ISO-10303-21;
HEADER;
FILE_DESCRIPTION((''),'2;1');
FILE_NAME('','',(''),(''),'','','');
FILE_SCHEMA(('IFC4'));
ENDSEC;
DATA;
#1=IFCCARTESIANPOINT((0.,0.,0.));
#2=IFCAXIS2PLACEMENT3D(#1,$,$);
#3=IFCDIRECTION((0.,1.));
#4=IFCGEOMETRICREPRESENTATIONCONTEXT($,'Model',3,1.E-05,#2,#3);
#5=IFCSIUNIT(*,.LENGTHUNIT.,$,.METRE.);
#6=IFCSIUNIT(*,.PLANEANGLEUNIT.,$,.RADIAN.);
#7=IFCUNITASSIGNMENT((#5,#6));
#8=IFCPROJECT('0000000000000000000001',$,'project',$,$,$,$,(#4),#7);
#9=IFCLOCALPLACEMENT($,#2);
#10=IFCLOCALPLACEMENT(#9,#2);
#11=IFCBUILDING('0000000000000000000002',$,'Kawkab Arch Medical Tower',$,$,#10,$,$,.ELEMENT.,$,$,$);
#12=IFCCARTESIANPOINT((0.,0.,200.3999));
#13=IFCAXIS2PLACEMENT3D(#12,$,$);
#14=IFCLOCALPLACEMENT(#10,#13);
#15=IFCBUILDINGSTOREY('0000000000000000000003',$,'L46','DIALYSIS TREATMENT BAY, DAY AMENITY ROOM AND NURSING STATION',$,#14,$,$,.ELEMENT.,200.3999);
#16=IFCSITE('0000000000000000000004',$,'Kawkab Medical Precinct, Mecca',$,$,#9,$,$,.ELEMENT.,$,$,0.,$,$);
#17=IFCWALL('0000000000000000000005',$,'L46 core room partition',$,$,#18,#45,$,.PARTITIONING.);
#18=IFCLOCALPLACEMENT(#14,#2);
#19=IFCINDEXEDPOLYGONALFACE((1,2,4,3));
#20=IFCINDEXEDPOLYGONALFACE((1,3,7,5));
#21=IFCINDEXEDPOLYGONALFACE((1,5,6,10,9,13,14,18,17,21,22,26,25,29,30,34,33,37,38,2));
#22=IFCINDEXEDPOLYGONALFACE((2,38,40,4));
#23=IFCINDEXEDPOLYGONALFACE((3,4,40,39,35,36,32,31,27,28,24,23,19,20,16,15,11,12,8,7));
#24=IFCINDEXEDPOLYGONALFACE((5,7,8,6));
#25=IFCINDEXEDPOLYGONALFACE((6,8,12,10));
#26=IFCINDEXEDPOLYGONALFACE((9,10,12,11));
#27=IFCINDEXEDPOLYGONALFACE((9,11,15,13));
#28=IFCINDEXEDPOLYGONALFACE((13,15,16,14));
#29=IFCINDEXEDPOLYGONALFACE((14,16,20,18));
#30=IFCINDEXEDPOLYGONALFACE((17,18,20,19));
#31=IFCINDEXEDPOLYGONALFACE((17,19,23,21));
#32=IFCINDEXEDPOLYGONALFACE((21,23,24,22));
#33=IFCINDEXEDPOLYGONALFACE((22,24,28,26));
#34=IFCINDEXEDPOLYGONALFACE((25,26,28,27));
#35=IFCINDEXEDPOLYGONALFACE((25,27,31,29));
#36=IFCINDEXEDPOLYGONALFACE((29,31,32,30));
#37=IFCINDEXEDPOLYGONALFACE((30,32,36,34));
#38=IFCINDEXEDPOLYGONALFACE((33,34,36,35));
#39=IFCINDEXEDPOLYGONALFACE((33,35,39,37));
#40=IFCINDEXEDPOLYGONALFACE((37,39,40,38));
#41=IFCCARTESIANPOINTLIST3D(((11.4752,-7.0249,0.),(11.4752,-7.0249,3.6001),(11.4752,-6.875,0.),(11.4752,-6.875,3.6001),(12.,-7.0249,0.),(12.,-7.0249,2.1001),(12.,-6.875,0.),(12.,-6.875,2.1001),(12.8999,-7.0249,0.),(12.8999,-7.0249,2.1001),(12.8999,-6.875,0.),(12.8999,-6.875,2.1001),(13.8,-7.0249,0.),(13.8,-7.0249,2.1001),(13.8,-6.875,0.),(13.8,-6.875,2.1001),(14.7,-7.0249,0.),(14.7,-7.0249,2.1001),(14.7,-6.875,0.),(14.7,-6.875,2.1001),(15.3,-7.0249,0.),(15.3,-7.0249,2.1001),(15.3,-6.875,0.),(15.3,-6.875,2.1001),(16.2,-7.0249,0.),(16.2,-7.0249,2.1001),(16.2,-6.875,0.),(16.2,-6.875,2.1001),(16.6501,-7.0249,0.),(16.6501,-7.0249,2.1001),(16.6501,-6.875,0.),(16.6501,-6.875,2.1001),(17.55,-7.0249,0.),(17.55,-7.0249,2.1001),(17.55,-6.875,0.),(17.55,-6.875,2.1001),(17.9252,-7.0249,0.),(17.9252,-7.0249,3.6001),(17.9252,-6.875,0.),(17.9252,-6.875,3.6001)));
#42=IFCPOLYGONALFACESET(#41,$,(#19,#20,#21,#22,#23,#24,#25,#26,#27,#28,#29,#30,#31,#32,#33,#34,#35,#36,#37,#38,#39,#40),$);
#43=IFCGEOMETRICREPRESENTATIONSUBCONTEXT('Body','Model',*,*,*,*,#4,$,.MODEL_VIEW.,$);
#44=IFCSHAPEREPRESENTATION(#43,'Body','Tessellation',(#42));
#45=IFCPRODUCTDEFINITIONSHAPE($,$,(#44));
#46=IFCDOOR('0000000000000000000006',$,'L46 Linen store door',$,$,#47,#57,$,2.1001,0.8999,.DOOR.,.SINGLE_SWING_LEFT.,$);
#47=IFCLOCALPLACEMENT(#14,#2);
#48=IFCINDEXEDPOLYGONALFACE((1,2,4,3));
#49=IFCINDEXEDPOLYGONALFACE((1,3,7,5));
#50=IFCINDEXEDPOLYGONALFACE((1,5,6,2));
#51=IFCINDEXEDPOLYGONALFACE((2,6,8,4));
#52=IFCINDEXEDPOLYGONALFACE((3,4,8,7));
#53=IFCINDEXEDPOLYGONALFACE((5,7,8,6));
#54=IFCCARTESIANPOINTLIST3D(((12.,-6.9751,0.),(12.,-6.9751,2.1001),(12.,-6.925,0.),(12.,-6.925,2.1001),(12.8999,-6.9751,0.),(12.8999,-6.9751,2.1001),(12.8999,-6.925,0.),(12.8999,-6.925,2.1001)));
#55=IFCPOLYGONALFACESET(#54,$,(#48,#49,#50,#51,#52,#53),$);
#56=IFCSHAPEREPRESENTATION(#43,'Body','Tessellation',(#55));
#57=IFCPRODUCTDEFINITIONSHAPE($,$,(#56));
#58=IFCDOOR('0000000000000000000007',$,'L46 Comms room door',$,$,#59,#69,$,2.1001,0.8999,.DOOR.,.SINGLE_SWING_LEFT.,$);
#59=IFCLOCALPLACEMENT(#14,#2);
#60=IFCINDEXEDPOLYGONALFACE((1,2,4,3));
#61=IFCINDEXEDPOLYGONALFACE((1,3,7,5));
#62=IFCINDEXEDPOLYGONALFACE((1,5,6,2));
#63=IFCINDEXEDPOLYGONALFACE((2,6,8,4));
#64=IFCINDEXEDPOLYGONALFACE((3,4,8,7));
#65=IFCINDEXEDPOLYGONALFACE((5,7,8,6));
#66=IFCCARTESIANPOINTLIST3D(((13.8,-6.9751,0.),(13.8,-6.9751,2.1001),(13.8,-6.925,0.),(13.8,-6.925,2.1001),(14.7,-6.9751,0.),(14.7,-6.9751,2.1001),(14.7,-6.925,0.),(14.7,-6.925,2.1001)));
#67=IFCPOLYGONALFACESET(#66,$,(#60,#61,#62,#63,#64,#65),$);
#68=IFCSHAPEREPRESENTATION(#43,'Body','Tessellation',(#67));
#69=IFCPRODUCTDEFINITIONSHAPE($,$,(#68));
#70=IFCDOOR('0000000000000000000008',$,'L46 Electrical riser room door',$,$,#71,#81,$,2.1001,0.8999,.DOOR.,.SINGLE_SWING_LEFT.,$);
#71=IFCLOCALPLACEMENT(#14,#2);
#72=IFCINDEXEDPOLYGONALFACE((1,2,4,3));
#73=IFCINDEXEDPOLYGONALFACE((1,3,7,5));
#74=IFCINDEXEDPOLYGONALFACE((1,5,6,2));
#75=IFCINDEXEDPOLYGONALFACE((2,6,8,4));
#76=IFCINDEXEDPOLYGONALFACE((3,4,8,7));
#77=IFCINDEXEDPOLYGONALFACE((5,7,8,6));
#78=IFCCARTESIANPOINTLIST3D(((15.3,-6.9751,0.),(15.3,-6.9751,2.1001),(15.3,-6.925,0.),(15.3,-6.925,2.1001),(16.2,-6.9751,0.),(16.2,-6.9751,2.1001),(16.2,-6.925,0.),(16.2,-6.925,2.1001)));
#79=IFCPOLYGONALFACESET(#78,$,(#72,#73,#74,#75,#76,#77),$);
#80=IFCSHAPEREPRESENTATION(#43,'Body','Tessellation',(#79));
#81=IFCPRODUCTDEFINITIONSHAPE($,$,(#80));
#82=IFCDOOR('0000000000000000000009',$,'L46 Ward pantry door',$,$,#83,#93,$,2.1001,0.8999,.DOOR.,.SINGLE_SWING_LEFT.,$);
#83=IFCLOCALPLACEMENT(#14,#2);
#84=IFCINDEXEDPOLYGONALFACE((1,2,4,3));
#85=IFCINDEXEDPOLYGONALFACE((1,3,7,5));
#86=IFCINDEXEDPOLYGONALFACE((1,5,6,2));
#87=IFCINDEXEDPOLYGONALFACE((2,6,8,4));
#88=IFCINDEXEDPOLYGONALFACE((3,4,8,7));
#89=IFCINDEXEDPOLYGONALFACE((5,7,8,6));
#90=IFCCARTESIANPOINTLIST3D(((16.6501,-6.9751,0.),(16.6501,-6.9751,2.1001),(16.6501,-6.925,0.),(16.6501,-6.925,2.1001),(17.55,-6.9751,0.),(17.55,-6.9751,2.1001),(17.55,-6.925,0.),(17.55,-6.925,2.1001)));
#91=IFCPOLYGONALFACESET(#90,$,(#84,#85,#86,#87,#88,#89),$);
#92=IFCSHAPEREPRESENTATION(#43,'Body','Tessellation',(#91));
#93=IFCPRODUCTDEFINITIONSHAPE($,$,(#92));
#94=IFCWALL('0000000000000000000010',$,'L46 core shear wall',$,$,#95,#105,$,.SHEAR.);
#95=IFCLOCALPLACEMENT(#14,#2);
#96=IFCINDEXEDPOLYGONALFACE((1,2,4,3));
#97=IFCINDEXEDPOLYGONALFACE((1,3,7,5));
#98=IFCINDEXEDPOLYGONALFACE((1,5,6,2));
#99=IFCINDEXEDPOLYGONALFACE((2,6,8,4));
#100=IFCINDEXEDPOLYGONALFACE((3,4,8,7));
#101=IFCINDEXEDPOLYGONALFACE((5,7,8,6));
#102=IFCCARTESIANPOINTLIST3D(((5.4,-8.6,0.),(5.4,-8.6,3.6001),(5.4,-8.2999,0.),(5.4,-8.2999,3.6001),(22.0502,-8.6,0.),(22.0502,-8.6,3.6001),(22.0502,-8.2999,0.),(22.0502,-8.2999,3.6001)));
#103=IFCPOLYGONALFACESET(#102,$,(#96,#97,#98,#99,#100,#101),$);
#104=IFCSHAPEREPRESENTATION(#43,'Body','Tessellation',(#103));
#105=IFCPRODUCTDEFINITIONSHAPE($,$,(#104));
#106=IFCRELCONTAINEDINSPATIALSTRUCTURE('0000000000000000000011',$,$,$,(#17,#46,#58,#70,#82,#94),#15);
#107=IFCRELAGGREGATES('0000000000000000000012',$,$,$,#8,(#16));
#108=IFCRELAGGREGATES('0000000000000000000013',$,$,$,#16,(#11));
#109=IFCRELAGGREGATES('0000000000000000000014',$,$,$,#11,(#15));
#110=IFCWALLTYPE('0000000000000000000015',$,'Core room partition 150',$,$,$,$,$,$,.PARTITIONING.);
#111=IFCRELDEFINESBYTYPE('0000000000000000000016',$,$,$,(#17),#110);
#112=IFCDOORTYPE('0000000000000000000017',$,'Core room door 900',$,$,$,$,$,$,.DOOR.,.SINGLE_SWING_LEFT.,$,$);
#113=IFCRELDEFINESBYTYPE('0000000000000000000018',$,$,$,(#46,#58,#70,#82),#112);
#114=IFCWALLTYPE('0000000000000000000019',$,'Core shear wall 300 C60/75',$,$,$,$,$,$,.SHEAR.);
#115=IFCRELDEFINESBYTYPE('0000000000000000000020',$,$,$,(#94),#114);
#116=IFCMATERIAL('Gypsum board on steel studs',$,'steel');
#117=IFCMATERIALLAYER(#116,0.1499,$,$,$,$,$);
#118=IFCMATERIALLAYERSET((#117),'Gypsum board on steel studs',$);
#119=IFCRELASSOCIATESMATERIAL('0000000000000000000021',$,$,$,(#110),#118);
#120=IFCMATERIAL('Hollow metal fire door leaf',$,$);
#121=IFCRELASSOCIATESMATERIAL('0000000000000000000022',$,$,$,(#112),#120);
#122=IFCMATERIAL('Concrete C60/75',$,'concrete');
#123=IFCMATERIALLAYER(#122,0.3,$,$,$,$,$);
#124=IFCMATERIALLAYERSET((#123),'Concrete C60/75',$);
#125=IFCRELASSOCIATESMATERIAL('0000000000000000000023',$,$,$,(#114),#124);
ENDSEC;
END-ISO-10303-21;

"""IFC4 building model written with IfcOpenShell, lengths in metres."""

from ifc_helpers import new_model, si_unit, direction, frame, frame_2d, origin, place, context, subcontext, project, spatial, rectangle, extrude, material, layer, layer_set, type_object, element, fill, save


model = new_model("IFC4")

# Units and contexts
model_context = context("Model", 3, precision=1e-05, world=origin(), true_north=direction((0.0, 1.0)))
body_context = subcontext(model_context, "Body", "Model", "MODEL_VIEW")
ifc_project = project(units=[si_unit("LENGTHUNIT", "METRE"), si_unit("PLANEANGLEUNIT", "RADIAN")], contexts=[model_context])

# Site, building, storey
site_placement = place(None, origin())
site = spatial("IfcSite", under=ifc_project, at=site_placement, Name="Kawkab Medical Precinct, Mecca", CompositionType="ELEMENT", RefElevation=0.0)
building_placement = place(site_placement, origin())
building = spatial("IfcBuilding", under=site, at=building_placement, Name="Kawkab Arch Medical Tower", CompositionType="ELEMENT")
storey_placement = place(building_placement, frame((0.0, 0.0, 200.3999)))
storey = spatial("IfcBuildingStorey", under=building, at=storey_placement, Name="L46", Description="DIALYSIS TREATMENT BAY, DAY AMENITY ROOM AND NURSING STATION", CompositionType="ELEMENT", Elevation=200.3999)

# Wall, openings, doors
ifc_material_1 = material(Name="Gypsum board on steel studs", Category="steel")
ifc_layer_1 = layer(ifc_material_1, 0.1499)
ifc_layer_set_1 = layer_set([ifc_layer_1], Name="Gypsum board on steel studs")
wall_type_1 = type_object("IfcWallType", Name="Core room partition 150", PredefinedType="PARTITIONING", material=ifc_layer_set_1)
wall_1_placement = place(storey_placement, frame((11.4751, -6.95, 0.0), z_axis=(0.0, 0.0, 1.0), x_axis=(1.0, 0.0, 0.0)))
wall_1 = element("IfcWall", 1, at=wall_1_placement, inside=storey, type_object=wall_type_1, Name="L46 core room partition", PredefinedType="PARTITIONING", context=body_context, shape_type="SweptSolid", body=[
    extrude(rectangle(XDim=6.45, YDim=0.1499, at=frame_2d((3.2251, 0.0))), origin(), (0.0, 0.0, 1.0), 3.6001),
])
opening_1_placement = place(wall_1_placement, frame((0.5249, 0.0, 0.0)))
opening_1 = element("IfcOpeningElement", 2, at=opening_1_placement, cuts=wall_1, PredefinedType="OPENING", context=body_context, shape_type="SweptSolid", body=[
    extrude(rectangle(XDim=0.8999, YDim=2.1001, at=frame_2d((0.45, 1.05))), frame((0.0, 0.085, 0.0), z_axis=(0.0, -1.0, 0.0), x_axis=(1.0, 0.0, 0.0)), (0.0, 0.0, 1.0), 0.1699),
])
opening_2_placement = place(wall_1_placement, frame((2.325, 0.0, 0.0)))
opening_2 = element("IfcOpeningElement", 3, at=opening_2_placement, cuts=wall_1, PredefinedType="OPENING", context=body_context, shape_type="SweptSolid", body=[
    extrude(rectangle(XDim=0.8999, YDim=2.1001, at=frame_2d((0.45, 1.05))), frame((0.0, 0.085, 0.0), z_axis=(0.0, -1.0, 0.0), x_axis=(1.0, 0.0, 0.0)), (0.0, 0.0, 1.0), 0.1699),
])
opening_3_placement = place(wall_1_placement, frame((3.825, 0.0, 0.0)))
opening_3 = element("IfcOpeningElement", 4, at=opening_3_placement, cuts=wall_1, PredefinedType="OPENING", context=body_context, shape_type="SweptSolid", body=[
    extrude(rectangle(XDim=0.8999, YDim=2.1001, at=frame_2d((0.45, 1.05))), frame((0.0, 0.085, 0.0), z_axis=(0.0, -1.0, 0.0), x_axis=(1.0, 0.0, 0.0)), (0.0, 0.0, 1.0), 0.1699),
])
opening_4_placement = place(wall_1_placement, frame((5.175, 0.0, 0.0)))
opening_4 = element("IfcOpeningElement", 5, at=opening_4_placement, cuts=wall_1, PredefinedType="OPENING", context=body_context, shape_type="SweptSolid", body=[
    extrude(rectangle(XDim=0.8999, YDim=2.1001, at=frame_2d((0.45, 1.05))), frame((0.0, 0.085, 0.0), z_axis=(0.0, -1.0, 0.0), x_axis=(1.0, 0.0, 0.0)), (0.0, 0.0, 1.0), 0.1699),
])
ifc_material_2 = material(Name="Hollow metal fire door leaf")
door_type_1 = type_object("IfcDoorType", Name="Core room door 900", OperationType="SINGLE_SWING_LEFT", PredefinedType="DOOR", material=ifc_material_2)
door_1_placement = place(opening_1_placement, origin())
door_1 = element("IfcDoor", 6, at=door_1_placement, inside=storey, type_object=door_type_1, Name="L46 Linen store door", OperationType="SINGLE_SWING_LEFT", OverallHeight=2.1001, OverallWidth=0.8999, PredefinedType="DOOR", context=body_context, shape_type="SweptSolid", body=[
    extrude(rectangle(XDim=0.8999, YDim=2.1001, at=frame_2d((0.45, 1.05))), frame((0.0, 0.0249, 0.0), z_axis=(0.0, -1.0, 0.0), x_axis=(1.0, 0.0, 0.0)), (0.0, 0.0, 1.0), 0.05),
])
fill(opening_1, door_1)
door_2_placement = place(opening_2_placement, origin())
door_2 = element("IfcDoor", 7, at=door_2_placement, inside=storey, type_object=door_type_1, Name="L46 Comms room door", OperationType="SINGLE_SWING_LEFT", OverallHeight=2.1001, OverallWidth=0.8999, PredefinedType="DOOR", context=body_context, shape_type="SweptSolid", body=[
    extrude(rectangle(XDim=0.8999, YDim=2.1001, at=frame_2d((0.45, 1.05))), frame((0.0, 0.0249, 0.0), z_axis=(0.0, -1.0, 0.0), x_axis=(1.0, 0.0, 0.0)), (0.0, 0.0, 1.0), 0.05),
])
fill(opening_2, door_2)
door_3_placement = place(opening_3_placement, origin())
door_3 = element("IfcDoor", 8, at=door_3_placement, inside=storey, type_object=door_type_1, Name="L46 Electrical riser room door", OperationType="SINGLE_SWING_LEFT", OverallHeight=2.1001, OverallWidth=0.8999, PredefinedType="DOOR", context=body_context, shape_type="SweptSolid", body=[
    extrude(rectangle(XDim=0.8999, YDim=2.1001, at=frame_2d((0.45, 1.05))), frame((0.0, 0.0249, 0.0), z_axis=(0.0, -1.0, 0.0), x_axis=(1.0, 0.0, 0.0)), (0.0, 0.0, 1.0), 0.05),
])
fill(opening_3, door_3)
door_4_placement = place(opening_4_placement, origin())
door_4 = element("IfcDoor", 9, at=door_4_placement, inside=storey, type_object=door_type_1, Name="L46 Ward pantry door", OperationType="SINGLE_SWING_LEFT", OverallHeight=2.1001, OverallWidth=0.8999, PredefinedType="DOOR", context=body_context, shape_type="SweptSolid", body=[
    extrude(rectangle(XDim=0.8999, YDim=2.1001, at=frame_2d((0.45, 1.05))), frame((0.0, 0.0249, 0.0), z_axis=(0.0, -1.0, 0.0), x_axis=(1.0, 0.0, 0.0)), (0.0, 0.0, 1.0), 0.05),
])
fill(opening_4, door_4)

# Wall
ifc_material_3 = material(Name="Concrete C60/75", Category="concrete")
ifc_layer_2 = layer(ifc_material_3, 0.3)
ifc_layer_set_2 = layer_set([ifc_layer_2], Name="Concrete C60/75")
wall_type_2 = type_object("IfcWallType", Name="Core shear wall 300 C60/75", PredefinedType="SHEAR", material=ifc_layer_set_2)
wall_2_placement = place(storey_placement, frame((5.3999, -8.45, 0.0), z_axis=(0.0, 0.0, 1.0), x_axis=(1.0, 0.0, 0.0)))
element("IfcWall", 10, at=wall_2_placement, inside=storey, type_object=wall_type_2, Name="L46 core shear wall", PredefinedType="SHEAR", context=body_context, shape_type="SweptSolid", body=[
    extrude(rectangle(XDim=16.6501, YDim=0.3, at=frame_2d((8.3252, 0.0))), origin(), (0.0, 0.0, 1.0), 3.6001),
])

save(model, "model.ifc")
